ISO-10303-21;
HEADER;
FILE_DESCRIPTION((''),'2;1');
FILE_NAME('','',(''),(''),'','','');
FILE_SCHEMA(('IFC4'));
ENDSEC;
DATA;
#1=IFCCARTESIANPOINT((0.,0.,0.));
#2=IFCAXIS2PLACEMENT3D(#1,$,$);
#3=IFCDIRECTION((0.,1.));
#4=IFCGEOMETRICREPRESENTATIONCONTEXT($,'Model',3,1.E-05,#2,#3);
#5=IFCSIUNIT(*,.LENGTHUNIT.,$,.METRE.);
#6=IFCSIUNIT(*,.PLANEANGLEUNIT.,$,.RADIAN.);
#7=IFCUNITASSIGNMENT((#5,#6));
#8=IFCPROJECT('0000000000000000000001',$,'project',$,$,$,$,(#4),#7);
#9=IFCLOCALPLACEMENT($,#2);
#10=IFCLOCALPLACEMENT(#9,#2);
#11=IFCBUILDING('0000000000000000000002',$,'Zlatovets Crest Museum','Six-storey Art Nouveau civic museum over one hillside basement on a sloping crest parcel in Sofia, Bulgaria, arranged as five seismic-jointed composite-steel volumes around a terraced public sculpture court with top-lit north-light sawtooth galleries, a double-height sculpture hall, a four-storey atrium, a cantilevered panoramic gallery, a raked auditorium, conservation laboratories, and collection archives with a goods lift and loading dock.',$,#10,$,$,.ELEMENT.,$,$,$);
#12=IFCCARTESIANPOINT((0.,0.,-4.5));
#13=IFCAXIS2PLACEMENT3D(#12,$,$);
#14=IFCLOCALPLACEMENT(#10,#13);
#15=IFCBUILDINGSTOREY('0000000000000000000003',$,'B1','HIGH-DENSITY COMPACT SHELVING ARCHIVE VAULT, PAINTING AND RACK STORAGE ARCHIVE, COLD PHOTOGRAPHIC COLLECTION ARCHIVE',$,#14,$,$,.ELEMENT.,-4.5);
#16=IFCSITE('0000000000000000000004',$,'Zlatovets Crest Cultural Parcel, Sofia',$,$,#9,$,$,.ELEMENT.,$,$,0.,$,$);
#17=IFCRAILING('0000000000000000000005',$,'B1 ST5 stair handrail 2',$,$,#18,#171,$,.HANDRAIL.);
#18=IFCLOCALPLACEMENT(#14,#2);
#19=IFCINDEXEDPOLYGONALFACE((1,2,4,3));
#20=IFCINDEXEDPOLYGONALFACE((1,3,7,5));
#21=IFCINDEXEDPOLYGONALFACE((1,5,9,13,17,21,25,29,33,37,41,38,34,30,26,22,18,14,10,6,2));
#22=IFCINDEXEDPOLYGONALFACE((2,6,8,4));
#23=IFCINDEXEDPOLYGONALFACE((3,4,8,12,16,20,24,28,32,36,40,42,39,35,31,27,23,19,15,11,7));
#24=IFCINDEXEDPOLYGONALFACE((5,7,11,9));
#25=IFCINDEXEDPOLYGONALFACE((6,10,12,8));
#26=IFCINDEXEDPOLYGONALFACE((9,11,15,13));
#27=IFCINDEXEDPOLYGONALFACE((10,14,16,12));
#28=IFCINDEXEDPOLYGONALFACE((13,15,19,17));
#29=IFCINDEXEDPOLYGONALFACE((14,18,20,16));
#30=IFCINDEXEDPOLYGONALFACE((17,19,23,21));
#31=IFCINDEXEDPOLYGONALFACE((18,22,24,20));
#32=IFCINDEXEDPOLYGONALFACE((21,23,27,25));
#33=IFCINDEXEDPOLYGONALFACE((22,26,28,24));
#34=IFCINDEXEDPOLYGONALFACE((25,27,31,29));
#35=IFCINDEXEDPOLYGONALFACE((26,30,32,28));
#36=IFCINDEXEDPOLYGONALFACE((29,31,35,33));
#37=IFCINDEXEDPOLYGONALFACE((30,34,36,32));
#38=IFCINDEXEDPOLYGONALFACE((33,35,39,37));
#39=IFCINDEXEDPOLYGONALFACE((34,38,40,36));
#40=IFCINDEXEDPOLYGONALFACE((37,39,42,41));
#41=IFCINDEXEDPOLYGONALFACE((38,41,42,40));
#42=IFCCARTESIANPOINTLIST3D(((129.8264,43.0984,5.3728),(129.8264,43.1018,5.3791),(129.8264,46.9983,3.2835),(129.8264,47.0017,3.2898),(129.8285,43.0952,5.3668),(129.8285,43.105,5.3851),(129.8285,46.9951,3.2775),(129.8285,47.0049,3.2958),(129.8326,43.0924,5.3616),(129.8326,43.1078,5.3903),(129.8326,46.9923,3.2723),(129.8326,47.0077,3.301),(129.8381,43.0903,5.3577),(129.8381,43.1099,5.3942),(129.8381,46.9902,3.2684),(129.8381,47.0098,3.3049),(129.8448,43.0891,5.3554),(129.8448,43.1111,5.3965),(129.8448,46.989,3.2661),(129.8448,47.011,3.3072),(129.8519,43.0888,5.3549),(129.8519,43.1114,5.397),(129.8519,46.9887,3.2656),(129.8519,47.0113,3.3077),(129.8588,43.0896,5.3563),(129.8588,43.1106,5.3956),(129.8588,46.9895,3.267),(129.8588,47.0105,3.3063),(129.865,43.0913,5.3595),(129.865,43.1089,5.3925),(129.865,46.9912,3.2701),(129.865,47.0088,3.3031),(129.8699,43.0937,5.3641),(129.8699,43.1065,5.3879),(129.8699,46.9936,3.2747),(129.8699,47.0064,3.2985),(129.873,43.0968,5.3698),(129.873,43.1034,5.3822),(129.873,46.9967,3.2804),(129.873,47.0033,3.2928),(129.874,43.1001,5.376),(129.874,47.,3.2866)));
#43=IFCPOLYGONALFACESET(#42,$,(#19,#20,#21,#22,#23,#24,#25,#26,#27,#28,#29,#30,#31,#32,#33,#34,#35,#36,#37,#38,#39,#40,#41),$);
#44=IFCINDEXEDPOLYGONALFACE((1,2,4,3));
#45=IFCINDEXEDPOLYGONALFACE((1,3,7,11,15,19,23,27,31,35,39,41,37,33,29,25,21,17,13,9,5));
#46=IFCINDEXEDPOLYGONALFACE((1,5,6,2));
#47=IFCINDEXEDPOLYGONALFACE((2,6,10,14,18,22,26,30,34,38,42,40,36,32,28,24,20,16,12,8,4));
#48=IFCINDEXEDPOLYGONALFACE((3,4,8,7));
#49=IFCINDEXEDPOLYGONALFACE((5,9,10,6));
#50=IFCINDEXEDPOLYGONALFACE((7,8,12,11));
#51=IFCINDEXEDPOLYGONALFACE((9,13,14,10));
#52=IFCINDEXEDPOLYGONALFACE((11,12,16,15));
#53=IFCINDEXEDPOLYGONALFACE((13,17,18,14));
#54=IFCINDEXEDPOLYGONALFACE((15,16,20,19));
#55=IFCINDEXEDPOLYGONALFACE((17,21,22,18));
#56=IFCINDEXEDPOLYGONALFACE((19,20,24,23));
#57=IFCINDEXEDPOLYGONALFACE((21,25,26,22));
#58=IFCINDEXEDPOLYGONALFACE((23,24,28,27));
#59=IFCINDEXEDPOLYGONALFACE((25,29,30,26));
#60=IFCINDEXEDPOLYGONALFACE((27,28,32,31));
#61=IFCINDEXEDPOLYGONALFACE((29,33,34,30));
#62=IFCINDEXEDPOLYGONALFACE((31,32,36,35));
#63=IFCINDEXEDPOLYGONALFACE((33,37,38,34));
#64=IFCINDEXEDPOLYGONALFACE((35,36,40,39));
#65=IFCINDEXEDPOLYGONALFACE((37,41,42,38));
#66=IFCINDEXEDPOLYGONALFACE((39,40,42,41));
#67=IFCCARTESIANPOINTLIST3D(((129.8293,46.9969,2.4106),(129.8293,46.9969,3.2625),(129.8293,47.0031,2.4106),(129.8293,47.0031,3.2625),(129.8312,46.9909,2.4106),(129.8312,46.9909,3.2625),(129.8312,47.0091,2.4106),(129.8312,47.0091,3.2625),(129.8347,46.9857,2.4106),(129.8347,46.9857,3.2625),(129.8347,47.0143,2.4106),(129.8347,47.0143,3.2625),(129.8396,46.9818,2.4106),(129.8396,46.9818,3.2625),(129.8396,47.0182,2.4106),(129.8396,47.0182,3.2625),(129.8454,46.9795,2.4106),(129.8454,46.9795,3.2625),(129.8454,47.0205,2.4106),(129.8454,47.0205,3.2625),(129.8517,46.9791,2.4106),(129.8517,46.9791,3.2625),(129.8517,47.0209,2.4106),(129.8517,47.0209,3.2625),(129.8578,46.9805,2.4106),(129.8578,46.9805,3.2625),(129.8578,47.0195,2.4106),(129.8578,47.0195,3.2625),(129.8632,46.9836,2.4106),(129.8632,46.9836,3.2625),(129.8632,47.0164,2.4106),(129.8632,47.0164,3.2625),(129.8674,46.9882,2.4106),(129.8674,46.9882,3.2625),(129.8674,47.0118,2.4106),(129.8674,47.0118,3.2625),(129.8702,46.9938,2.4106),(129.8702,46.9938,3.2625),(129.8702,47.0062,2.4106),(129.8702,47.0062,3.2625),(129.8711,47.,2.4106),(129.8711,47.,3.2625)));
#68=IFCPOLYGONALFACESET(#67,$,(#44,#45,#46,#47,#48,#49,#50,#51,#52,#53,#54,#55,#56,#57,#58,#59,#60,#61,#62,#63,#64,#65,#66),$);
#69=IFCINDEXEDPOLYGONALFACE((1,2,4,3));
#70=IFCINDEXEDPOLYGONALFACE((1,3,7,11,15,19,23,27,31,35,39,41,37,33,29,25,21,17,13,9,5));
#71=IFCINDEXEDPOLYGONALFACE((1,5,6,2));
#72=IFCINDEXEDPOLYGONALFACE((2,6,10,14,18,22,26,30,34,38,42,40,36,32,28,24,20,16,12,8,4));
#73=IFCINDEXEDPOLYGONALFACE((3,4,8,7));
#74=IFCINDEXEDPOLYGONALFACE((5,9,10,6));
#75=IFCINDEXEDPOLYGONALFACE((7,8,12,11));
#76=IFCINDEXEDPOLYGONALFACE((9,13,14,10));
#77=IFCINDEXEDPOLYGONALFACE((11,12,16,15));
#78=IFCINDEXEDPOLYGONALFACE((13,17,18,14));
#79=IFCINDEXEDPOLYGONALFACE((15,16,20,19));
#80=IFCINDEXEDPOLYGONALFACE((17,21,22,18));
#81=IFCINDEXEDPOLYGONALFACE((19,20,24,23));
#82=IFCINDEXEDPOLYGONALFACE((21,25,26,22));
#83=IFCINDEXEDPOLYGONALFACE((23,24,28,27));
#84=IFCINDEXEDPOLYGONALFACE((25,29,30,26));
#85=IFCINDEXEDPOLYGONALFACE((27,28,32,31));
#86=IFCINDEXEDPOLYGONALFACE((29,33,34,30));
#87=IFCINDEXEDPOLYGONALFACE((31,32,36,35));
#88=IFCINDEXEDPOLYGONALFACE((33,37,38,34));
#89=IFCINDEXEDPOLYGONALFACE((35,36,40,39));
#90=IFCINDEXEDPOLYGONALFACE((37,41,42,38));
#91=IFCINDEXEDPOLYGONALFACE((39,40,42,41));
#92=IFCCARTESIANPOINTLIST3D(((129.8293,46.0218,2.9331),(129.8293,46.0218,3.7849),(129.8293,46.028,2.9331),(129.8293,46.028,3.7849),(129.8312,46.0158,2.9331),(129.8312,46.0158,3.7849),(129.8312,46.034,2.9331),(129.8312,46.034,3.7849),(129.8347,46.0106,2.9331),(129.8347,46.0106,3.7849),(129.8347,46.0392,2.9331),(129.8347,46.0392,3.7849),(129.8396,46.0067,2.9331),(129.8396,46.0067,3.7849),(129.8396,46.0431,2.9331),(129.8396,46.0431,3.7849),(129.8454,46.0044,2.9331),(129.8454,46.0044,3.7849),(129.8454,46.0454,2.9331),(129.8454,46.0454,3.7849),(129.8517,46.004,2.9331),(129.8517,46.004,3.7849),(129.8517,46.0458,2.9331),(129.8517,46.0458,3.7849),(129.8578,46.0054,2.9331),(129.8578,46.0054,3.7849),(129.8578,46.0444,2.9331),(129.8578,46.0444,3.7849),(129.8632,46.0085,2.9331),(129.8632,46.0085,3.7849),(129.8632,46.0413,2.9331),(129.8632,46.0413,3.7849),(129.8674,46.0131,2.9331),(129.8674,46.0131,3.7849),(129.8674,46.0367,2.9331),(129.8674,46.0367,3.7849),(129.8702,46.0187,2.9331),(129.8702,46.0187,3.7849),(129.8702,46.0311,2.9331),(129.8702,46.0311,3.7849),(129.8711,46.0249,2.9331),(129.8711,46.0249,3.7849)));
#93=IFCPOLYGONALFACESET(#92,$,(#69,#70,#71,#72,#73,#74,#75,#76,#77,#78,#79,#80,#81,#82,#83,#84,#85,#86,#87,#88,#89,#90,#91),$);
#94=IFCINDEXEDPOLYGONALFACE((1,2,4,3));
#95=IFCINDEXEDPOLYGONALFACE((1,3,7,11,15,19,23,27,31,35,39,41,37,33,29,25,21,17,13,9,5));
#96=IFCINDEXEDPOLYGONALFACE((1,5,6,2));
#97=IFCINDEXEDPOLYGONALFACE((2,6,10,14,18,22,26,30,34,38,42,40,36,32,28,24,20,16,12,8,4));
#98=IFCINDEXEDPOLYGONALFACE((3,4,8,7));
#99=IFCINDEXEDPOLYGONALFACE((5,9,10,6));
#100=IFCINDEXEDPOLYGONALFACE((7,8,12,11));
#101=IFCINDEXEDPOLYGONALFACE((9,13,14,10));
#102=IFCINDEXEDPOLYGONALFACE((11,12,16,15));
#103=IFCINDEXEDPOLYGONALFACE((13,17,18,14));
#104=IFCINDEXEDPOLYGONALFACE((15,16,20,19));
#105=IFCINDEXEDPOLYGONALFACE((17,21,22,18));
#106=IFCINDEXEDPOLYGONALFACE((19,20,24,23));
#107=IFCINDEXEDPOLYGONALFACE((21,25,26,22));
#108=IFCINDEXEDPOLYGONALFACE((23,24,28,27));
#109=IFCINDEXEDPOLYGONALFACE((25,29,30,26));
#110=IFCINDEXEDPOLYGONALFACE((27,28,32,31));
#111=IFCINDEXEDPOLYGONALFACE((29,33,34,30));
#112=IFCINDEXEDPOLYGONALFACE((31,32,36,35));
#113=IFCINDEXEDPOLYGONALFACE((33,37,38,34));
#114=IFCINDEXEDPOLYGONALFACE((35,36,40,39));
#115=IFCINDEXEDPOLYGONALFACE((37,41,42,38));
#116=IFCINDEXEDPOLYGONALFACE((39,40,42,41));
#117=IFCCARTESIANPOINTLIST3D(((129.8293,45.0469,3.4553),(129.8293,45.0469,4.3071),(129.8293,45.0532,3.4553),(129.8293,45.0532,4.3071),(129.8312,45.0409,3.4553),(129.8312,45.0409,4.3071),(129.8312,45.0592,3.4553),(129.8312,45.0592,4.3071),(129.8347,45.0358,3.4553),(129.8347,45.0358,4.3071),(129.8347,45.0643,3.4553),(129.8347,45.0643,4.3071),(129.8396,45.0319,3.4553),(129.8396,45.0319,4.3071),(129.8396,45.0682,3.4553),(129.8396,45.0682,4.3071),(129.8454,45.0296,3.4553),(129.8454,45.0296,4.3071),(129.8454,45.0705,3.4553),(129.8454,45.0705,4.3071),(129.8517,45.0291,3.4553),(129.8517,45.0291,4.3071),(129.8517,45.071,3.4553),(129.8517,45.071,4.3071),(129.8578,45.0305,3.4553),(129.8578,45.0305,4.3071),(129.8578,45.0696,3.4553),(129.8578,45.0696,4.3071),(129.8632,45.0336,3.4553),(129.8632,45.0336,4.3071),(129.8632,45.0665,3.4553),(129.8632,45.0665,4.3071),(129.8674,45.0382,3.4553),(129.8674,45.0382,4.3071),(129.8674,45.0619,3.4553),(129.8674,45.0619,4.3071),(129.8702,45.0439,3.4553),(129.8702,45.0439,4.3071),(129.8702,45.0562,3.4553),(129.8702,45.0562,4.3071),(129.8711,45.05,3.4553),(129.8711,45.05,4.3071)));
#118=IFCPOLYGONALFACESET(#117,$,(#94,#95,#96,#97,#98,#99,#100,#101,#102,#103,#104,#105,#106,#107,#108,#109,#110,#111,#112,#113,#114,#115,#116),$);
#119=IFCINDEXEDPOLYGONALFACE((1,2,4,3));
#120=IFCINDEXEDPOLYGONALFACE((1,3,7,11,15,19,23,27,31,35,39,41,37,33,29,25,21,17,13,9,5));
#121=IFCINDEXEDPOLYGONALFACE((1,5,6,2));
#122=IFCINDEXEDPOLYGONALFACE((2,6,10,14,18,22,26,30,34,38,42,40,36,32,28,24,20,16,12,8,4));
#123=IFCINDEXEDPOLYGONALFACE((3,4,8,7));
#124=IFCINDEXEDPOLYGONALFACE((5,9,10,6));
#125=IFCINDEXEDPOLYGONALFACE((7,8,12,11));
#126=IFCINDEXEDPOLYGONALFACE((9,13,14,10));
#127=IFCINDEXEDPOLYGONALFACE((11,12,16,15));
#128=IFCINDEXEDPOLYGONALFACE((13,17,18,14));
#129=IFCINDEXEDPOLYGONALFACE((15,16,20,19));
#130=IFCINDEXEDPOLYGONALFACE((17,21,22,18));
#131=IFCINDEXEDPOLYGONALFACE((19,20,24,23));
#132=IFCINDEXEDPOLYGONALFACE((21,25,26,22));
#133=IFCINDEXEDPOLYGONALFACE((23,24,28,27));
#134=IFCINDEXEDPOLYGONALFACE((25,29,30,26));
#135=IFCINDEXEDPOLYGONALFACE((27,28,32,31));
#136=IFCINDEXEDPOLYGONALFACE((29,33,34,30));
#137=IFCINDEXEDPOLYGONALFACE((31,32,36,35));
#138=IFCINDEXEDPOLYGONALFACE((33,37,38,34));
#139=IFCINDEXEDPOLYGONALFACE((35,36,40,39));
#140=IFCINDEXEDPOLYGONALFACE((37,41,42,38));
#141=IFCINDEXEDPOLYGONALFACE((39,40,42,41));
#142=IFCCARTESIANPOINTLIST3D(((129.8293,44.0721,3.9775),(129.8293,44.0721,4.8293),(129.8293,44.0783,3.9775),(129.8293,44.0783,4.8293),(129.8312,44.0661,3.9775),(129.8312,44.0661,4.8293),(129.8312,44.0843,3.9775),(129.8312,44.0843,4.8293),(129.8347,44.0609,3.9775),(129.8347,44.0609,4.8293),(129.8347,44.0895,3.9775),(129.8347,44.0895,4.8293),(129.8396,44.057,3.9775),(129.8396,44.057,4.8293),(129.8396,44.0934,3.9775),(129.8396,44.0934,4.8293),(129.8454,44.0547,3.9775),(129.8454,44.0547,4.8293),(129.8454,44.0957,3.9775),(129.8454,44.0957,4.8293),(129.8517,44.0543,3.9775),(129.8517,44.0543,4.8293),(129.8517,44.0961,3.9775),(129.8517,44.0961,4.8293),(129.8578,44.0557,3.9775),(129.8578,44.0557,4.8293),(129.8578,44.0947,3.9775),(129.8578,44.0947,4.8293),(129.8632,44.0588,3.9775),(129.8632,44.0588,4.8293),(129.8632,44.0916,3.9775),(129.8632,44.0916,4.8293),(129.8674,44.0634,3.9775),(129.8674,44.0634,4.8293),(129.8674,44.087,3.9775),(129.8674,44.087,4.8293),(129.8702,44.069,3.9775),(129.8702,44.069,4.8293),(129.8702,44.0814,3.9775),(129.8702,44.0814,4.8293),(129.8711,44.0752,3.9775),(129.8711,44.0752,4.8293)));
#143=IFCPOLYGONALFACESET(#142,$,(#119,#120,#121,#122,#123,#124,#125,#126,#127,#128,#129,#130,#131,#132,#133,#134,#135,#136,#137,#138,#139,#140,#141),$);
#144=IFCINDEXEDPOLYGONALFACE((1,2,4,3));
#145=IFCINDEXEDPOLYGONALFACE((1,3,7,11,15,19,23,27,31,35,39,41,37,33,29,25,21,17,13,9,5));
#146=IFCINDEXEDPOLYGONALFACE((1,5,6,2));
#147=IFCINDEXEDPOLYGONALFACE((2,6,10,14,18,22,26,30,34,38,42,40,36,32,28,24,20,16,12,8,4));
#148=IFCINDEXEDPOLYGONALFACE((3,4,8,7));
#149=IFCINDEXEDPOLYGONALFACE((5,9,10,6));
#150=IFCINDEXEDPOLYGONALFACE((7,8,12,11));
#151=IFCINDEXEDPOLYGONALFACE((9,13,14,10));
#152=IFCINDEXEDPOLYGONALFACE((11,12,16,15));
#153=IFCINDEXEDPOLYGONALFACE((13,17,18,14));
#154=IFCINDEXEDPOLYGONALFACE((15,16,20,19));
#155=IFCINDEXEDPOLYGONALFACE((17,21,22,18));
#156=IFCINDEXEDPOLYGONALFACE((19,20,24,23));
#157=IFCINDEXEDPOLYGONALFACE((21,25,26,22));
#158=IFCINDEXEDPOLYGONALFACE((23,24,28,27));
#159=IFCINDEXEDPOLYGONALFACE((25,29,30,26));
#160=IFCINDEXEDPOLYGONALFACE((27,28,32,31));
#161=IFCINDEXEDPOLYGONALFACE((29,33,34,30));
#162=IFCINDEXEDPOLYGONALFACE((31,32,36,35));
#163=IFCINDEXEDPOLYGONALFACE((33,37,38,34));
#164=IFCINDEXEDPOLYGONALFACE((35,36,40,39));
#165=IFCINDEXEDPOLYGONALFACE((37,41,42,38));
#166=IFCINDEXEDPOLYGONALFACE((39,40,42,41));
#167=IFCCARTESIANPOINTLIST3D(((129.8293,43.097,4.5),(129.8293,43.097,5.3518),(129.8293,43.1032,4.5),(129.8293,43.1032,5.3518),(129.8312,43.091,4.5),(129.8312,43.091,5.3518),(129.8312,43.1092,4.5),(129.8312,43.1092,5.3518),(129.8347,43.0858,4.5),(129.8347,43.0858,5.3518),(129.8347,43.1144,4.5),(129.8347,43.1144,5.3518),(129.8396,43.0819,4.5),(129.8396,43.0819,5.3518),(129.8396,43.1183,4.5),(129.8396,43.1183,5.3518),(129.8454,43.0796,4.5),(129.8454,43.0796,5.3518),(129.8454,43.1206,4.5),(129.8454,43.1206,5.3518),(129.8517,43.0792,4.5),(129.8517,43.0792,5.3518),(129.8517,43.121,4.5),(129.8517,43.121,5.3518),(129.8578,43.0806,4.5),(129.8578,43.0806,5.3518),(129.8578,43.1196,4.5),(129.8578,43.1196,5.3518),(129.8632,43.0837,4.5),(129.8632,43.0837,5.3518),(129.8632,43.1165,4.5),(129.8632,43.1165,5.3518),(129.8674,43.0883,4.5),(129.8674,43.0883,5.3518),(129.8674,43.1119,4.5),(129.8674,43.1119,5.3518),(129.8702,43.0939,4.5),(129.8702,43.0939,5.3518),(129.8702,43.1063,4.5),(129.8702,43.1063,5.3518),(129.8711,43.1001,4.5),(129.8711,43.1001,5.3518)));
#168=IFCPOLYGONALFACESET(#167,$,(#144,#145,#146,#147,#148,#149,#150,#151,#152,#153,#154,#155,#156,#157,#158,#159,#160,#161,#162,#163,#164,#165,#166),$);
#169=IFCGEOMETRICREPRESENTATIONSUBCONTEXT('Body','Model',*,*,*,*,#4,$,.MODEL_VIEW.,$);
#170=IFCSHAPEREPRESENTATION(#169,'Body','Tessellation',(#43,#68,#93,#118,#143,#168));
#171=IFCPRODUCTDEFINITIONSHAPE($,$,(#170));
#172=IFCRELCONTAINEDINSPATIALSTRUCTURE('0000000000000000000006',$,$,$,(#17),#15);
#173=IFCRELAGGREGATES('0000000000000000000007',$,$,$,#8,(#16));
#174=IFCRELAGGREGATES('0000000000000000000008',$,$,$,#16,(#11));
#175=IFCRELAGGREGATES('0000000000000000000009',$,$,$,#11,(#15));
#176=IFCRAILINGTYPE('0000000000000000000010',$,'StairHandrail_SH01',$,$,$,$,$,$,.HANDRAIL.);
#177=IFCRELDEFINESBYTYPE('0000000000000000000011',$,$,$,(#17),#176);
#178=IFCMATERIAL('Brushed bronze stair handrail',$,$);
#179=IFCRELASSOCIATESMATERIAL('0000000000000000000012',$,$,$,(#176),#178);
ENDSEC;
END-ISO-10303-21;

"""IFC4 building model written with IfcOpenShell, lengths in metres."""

from ifc_helpers import new_model, si_unit, direction, frame, origin, origin_2d, place, context, subcontext, project, spatial, circle, extrude, material, type_object, element, save


model = new_model("IFC4")

# Units and contexts
model_context = context("Model", 3, precision=1e-05, world=origin(), true_north=direction((0.0, 1.0)))
body_context = subcontext(model_context, "Body", "Model", "MODEL_VIEW")
ifc_project = project(units=[si_unit("LENGTHUNIT", "METRE"), si_unit("PLANEANGLEUNIT", "RADIAN")], contexts=[model_context])

# Site, building, storey
site_placement = place(None, origin())
site = spatial("IfcSite", under=ifc_project, at=site_placement, Name="Zlatovets Crest Cultural Parcel, Sofia", CompositionType="ELEMENT", RefElevation=0.0)
building_placement = place(site_placement, origin())
building = spatial("IfcBuilding", under=site, at=building_placement, Name="Zlatovets Crest Museum", Description="Six-storey Art Nouveau civic museum over one hillside basement on a sloping crest parcel in Sofia, Bulgaria, arranged as five seismic-jointed composite-steel volumes around a terraced public sculpture court with top-lit north-light sawtooth galleries, a double-height sculpture hall, a four-storey atrium, a cantilevered panoramic gallery, a raked auditorium, conservation laboratories, and collection archives with a goods lift and loading dock.", CompositionType="ELEMENT")
storey_placement = place(building_placement, frame((0.0, 0.0, -4.5)))
storey = spatial("IfcBuildingStorey", under=building, at=storey_placement, Name="B1", Description="HIGH-DENSITY COMPACT SHELVING ARCHIVE VAULT, PAINTING AND RACK STORAGE ARCHIVE, COLD PHOTOGRAPHIC COLLECTION ARCHIVE", CompositionType="ELEMENT", Elevation=-4.5)

# Railing
ifc_material_1 = material(Name="Brushed bronze stair handrail")
railing_type_1 = type_object("IfcRailingType", Name="StairHandrail_SH01", PredefinedType="HANDRAIL", material=ifc_material_1)
railing_1_placement = place(storey_placement, frame((129.8501, 47.0, 2.4106)))
element("IfcRailing", 1, at=railing_1_placement, inside=storey, type_object=railing_type_1, Name="B1 ST5 stair handrail 2", PredefinedType="HANDRAIL", context=body_context, shape_type="SweptSolid", body=[
    extrude(circle(Radius=0.0239, at=origin_2d()), frame((0.0, 0.0, 0.876), z_axis=(0.0, -0.881468, 0.472243), x_axis=(1.0, 0.0, 0.0)), (0.0, 0.0, 1.0), 4.4243),
    extrude(circle(Radius=0.021, at=origin_2d()), origin(), (0.0, 0.0, 1.0), 0.8518),
    extrude(circle(Radius=0.021, at=origin_2d()), frame((0.0, -0.9751, 0.5225)), (0.0, 0.0, 1.0), 0.8518),
    extrude(circle(Radius=0.021, at=origin_2d()), frame((0.0, -1.95, 1.0447)), (0.0, 0.0, 1.0), 0.8518),
    extrude(circle(Radius=0.021, at=origin_2d()), frame((0.0, -2.9248, 1.5669)), (0.0, 0.0, 1.0), 0.8518),
    extrude(circle(Radius=0.021, at=origin_2d()), frame((0.0, -3.8999, 2.0894)), (0.0, 0.0, 1.0), 0.8518),
])

save(model, "model.ifc")
